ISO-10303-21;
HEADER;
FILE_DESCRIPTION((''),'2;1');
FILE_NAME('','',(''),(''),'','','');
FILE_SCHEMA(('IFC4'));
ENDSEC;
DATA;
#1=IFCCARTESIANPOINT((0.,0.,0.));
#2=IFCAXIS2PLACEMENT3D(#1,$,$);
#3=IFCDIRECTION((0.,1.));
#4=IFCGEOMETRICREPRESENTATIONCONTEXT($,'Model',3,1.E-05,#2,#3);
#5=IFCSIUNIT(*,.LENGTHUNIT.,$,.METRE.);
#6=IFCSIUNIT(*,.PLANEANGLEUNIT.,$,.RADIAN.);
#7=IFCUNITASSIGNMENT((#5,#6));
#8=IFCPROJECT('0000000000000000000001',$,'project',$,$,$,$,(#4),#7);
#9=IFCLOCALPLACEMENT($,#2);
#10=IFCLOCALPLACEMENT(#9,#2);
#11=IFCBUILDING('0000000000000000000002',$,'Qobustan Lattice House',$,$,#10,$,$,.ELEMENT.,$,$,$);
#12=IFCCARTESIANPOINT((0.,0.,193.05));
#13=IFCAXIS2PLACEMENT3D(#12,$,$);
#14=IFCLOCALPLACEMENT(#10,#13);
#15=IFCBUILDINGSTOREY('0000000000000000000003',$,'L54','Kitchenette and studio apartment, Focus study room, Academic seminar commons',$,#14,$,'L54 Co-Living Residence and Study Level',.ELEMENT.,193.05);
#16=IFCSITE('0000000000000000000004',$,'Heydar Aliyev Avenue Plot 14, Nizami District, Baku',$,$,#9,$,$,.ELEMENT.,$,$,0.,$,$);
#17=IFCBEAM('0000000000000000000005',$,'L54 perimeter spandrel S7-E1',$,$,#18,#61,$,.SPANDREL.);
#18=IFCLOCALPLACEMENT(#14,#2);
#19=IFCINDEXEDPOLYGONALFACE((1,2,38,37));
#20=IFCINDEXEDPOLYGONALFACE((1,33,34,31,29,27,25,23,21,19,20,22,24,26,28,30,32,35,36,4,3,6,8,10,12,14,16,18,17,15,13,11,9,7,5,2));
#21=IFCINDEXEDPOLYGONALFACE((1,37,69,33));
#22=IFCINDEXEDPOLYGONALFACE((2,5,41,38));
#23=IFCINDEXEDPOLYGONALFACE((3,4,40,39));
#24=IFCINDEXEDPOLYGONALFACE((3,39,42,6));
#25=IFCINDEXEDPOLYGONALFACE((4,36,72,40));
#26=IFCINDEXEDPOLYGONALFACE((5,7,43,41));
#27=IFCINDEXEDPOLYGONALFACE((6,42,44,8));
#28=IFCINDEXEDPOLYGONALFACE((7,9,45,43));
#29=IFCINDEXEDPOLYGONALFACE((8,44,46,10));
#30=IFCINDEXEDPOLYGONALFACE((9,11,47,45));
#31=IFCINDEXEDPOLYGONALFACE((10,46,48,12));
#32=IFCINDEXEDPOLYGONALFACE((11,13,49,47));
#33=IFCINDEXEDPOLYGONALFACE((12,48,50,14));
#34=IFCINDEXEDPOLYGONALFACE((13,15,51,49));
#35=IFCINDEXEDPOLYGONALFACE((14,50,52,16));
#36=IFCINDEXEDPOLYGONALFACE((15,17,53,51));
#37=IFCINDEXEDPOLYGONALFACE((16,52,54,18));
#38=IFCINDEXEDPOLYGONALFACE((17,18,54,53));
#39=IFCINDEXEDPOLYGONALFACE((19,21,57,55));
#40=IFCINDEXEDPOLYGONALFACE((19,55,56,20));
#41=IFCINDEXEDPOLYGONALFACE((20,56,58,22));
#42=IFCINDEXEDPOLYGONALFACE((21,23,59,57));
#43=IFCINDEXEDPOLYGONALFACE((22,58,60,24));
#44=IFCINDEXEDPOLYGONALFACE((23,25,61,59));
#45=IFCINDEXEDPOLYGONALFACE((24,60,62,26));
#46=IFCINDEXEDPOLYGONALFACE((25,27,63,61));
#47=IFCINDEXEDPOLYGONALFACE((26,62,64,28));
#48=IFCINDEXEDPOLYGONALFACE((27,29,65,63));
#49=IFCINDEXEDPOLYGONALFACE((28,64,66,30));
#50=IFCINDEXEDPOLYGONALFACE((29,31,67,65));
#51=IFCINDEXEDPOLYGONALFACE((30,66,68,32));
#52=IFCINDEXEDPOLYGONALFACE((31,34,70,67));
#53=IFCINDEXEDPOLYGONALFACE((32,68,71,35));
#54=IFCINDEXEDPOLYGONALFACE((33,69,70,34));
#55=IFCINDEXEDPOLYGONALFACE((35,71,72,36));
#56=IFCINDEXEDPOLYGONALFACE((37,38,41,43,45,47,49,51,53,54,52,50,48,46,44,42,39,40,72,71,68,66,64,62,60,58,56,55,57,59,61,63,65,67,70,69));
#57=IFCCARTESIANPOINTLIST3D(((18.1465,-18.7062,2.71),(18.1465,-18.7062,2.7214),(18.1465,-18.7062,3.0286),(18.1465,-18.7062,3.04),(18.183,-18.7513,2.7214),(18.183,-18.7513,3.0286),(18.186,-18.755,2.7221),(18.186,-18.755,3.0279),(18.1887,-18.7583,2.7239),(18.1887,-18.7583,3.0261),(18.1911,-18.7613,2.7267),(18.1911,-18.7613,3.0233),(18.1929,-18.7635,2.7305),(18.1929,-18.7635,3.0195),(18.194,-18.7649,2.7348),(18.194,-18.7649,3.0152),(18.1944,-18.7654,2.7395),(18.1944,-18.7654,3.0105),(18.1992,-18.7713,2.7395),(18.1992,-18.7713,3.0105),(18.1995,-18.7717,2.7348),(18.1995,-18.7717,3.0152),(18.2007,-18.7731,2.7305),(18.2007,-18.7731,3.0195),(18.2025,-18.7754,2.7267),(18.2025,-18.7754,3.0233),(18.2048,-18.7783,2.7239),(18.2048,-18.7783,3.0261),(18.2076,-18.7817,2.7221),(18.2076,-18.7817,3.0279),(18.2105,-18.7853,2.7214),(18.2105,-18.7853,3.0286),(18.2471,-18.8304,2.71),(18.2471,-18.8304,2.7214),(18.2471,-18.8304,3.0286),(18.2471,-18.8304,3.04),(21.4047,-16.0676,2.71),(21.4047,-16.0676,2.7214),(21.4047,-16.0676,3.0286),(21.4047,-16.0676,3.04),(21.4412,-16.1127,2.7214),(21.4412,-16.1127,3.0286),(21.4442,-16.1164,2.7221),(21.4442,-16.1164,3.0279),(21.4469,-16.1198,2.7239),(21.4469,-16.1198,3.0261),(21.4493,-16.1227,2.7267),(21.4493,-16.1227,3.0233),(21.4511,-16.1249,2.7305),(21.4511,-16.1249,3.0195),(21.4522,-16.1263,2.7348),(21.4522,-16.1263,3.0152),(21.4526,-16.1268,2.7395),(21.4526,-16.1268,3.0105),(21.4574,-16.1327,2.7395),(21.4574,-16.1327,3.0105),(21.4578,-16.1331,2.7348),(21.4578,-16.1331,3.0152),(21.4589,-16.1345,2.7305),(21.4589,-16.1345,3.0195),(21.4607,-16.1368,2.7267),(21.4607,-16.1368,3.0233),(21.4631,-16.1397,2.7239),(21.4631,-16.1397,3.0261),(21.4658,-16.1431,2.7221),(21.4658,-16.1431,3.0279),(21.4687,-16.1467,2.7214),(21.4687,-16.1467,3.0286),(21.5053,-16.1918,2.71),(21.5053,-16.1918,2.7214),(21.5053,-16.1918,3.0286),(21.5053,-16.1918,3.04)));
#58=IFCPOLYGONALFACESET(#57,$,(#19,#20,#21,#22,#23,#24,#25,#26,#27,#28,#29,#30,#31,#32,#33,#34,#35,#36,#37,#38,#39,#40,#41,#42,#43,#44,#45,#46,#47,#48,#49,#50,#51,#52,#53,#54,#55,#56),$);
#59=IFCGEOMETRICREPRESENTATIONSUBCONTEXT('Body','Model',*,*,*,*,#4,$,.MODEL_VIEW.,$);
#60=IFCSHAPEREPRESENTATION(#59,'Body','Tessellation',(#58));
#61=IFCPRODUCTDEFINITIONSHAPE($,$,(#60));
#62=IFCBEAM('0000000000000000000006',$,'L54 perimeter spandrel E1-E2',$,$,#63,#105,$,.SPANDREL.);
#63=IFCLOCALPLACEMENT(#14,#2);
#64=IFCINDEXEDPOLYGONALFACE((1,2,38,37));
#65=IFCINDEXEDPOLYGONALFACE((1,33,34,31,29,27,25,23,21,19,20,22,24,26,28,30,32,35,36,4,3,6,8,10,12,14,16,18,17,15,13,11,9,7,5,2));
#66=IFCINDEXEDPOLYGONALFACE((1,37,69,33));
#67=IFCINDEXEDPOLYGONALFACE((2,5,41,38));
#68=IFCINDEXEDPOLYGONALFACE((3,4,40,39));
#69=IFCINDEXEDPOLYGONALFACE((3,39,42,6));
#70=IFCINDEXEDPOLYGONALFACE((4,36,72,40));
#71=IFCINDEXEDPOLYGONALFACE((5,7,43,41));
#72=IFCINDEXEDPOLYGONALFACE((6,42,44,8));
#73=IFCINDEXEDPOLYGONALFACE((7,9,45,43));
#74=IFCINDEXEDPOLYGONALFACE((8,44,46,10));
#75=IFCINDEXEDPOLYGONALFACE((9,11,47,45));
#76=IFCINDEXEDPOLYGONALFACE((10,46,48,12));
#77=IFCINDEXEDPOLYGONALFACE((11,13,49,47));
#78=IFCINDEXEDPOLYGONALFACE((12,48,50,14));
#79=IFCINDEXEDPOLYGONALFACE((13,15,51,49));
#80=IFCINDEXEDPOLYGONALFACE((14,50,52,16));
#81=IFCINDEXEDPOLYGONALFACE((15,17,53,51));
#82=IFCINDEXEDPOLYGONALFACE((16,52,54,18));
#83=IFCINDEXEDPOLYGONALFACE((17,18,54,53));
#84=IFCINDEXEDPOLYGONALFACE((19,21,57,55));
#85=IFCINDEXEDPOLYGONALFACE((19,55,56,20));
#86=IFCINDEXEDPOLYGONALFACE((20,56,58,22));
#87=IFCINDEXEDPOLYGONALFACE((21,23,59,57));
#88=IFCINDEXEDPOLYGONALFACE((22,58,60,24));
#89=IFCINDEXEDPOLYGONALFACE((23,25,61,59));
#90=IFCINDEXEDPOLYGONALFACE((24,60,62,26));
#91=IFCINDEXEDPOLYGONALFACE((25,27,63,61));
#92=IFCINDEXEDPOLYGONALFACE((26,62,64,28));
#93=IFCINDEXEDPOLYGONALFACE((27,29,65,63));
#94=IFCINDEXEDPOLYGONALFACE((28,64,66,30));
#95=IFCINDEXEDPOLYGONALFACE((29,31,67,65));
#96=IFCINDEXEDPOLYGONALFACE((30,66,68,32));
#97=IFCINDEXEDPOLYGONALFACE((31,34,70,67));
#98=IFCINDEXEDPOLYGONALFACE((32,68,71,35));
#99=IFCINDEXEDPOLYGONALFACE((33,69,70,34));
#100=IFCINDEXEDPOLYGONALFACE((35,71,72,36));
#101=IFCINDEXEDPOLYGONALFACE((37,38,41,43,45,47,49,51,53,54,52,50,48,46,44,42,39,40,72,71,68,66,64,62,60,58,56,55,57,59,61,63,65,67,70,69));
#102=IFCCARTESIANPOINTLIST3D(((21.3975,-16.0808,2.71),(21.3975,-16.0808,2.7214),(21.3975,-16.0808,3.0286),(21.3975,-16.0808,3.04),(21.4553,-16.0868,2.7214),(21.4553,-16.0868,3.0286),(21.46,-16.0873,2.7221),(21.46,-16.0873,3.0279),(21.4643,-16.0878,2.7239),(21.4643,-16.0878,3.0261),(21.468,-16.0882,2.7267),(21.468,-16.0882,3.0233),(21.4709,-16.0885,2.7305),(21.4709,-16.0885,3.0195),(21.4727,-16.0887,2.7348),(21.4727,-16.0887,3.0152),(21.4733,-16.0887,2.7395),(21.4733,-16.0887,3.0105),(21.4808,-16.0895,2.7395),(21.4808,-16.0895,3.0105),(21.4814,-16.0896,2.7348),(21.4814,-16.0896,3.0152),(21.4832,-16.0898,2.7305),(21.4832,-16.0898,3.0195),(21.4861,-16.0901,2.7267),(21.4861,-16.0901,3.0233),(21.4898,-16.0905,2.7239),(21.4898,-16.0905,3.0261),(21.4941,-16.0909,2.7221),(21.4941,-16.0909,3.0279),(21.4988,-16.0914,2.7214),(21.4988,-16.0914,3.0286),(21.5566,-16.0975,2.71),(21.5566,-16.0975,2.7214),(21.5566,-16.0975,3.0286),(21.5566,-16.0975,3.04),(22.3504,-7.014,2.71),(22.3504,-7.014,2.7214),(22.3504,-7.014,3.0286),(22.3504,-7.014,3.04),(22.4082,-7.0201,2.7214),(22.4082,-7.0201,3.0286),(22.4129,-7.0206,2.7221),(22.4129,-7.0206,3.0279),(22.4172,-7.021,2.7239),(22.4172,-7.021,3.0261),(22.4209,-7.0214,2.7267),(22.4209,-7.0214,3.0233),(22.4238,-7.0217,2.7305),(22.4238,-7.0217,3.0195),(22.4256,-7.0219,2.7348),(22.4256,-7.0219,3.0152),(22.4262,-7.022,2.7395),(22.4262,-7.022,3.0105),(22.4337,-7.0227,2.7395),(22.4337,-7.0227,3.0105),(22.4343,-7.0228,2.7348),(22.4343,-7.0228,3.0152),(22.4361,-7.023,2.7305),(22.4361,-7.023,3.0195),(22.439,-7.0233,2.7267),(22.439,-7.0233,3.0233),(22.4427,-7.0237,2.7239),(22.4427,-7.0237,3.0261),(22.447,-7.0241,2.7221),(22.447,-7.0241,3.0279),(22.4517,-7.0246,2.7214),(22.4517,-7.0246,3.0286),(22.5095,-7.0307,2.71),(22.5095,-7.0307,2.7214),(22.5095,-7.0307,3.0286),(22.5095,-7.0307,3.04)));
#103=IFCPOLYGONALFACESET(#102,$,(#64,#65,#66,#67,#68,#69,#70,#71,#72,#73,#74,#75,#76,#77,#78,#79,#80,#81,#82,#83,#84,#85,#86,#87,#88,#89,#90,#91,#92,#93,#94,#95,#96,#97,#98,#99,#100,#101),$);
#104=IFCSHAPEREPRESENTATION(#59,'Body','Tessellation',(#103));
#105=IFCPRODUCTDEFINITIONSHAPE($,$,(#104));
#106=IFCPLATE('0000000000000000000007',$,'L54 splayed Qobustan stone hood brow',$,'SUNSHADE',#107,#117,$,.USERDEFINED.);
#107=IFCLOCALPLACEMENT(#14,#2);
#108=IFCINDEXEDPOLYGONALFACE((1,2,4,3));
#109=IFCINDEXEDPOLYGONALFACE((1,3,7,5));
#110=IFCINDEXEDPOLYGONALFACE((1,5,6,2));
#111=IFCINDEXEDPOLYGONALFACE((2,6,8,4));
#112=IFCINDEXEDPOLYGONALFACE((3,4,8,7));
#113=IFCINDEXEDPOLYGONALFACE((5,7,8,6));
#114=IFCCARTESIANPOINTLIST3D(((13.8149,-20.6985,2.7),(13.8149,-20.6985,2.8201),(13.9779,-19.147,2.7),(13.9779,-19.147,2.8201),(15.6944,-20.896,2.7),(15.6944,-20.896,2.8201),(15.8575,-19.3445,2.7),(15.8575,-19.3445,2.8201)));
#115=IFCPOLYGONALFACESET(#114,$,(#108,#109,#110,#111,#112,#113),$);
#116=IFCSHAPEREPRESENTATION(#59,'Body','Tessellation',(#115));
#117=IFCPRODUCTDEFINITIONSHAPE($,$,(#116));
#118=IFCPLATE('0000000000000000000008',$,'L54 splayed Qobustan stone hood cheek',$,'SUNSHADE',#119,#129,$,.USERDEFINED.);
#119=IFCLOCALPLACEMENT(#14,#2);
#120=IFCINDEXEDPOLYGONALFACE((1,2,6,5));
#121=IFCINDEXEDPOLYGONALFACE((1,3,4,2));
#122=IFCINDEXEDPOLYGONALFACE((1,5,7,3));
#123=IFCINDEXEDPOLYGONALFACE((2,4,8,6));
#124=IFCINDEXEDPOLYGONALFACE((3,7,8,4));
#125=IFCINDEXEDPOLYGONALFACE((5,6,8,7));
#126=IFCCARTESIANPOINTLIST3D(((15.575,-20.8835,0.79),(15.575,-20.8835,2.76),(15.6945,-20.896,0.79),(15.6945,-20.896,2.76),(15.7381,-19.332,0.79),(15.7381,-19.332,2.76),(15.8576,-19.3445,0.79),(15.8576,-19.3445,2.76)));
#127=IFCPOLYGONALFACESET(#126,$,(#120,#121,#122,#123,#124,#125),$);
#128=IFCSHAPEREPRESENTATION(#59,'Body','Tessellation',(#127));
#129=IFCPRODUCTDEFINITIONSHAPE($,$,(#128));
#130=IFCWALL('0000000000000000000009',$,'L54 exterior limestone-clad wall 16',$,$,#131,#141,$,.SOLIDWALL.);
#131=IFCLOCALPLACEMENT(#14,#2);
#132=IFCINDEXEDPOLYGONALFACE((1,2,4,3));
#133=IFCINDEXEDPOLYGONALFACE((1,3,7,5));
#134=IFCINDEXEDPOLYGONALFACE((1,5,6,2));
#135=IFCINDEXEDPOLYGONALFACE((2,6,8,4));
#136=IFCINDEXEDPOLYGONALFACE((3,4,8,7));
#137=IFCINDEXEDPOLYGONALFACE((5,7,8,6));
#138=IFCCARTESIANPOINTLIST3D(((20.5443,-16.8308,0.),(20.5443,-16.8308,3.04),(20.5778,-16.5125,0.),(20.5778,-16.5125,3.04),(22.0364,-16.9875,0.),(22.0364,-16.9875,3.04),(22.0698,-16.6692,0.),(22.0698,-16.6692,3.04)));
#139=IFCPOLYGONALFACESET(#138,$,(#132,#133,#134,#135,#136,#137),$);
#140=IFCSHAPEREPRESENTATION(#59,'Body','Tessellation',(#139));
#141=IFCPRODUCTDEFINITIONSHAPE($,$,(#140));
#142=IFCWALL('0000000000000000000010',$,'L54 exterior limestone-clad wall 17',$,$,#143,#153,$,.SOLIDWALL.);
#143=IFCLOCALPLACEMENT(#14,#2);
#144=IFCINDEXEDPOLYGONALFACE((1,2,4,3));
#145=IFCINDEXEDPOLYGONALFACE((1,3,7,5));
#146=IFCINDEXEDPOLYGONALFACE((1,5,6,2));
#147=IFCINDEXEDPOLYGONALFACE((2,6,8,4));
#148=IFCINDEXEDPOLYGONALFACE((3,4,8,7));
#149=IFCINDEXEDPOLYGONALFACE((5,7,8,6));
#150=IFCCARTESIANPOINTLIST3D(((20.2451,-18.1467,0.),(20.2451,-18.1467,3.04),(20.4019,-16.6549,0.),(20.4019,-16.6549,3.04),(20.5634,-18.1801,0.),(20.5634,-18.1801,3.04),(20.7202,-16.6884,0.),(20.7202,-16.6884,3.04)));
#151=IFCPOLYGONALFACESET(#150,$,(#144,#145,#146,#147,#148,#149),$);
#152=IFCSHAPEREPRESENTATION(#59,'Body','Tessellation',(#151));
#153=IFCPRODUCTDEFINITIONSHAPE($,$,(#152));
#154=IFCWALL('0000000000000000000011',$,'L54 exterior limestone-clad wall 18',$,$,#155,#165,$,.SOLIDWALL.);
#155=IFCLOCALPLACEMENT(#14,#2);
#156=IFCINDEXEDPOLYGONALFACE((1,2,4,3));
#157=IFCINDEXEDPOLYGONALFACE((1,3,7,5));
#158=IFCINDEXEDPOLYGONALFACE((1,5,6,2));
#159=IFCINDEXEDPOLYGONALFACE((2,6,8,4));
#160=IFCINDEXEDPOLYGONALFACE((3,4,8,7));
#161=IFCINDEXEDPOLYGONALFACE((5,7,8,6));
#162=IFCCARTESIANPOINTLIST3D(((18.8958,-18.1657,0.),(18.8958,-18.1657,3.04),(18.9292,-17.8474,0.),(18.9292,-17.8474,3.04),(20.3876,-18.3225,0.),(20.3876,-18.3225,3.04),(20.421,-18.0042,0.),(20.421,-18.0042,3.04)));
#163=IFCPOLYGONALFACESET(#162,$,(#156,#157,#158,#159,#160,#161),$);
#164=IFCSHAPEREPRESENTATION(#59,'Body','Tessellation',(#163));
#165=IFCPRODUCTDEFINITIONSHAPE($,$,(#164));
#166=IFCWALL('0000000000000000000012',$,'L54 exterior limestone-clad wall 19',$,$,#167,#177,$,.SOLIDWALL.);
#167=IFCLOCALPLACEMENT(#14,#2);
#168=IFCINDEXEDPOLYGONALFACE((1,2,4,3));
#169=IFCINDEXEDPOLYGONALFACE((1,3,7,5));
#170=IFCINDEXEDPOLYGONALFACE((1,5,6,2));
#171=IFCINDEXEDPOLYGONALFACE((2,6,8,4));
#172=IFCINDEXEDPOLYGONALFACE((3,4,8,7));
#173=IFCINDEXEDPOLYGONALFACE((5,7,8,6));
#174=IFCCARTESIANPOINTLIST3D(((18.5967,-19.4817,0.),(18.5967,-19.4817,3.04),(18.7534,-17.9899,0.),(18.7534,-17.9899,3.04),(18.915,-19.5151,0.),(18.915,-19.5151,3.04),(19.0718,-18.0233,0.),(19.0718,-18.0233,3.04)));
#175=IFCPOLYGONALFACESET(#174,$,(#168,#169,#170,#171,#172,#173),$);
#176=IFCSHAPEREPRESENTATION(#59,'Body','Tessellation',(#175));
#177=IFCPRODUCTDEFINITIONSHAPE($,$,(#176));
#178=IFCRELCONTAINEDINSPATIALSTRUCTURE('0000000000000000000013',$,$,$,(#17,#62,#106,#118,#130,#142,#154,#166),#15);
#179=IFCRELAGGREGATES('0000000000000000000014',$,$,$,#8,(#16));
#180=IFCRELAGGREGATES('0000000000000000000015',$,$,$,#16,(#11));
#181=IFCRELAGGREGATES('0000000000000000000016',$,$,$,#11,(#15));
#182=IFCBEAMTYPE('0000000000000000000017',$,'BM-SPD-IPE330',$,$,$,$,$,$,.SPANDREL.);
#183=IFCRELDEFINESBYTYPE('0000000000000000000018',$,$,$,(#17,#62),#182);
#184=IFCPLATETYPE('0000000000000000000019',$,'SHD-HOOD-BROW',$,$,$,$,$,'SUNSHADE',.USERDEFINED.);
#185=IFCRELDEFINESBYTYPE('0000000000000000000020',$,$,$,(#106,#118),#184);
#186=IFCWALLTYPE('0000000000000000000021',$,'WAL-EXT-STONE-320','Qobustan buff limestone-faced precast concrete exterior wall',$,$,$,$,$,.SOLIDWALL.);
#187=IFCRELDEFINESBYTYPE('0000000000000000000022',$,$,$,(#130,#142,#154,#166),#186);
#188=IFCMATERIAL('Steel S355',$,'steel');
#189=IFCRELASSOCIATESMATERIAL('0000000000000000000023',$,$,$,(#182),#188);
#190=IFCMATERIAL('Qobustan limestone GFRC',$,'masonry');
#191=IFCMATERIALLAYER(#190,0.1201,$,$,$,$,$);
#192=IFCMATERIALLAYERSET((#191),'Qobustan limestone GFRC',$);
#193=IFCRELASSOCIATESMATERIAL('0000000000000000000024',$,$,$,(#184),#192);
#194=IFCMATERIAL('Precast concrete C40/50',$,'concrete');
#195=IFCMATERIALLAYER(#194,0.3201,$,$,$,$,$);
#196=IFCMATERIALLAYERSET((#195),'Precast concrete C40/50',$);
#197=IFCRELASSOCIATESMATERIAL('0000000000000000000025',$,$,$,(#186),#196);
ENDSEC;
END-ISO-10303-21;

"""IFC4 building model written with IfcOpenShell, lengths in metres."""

from ifc_helpers import new_model, si_unit, direction, frame, frame_2d, origin, origin_2d, place, context, subcontext, project, spatial, rectangle, i_section, extrude, material, layer, layer_set, material_profile, profile_set, type_object, element, save


model = new_model("IFC4")

# Units and contexts
model_context = context("Model", 3, precision=1e-05, world=origin(), true_north=direction((0.0, 1.0)))
body_context = subcontext(model_context, "Body", "Model", "MODEL_VIEW")
ifc_project = project(units=[si_unit("LENGTHUNIT", "METRE"), si_unit("PLANEANGLEUNIT", "RADIAN")], contexts=[model_context])

# Site, building, storey
site_placement = place(None, origin())
site = spatial("IfcSite", under=ifc_project, at=site_placement, Name="Heydar Aliyev Avenue Plot 14, Nizami District, Baku", CompositionType="ELEMENT", RefElevation=0.0)
building_placement = place(site_placement, origin())
building = spatial("IfcBuilding", under=site, at=building_placement, Name="Qobustan Lattice House", CompositionType="ELEMENT")
storey_placement = place(building_placement, frame((0.0, 0.0, 193.05)))
storey = spatial("IfcBuildingStorey", under=building, at=storey_placement, Name="L54", Description="Kitchenette and studio apartment, Focus study room, Academic seminar commons", LongName="L54 Co-Living Residence and Study Level", CompositionType="ELEMENT", Elevation=193.05)

# Beams
ifc_material_1 = material(Name="Steel S355", Category="steel")
ifc_material_profile_1 = material_profile(ifc_material_1, i_section(OverallWidth=0.1599, OverallDepth=0.3301, WebThickness=0.0076, FlangeThickness=0.0115, FilletRadius=0.0181, at=origin_2d()), Name="IPE330")
ifc_profile_set_1 = profile_set([ifc_material_profile_1], Name="Steel S355")
beam_type_1 = type_object("IfcBeamType", Name="BM-SPD-IPE330", PredefinedType="SPANDREL", material=ifc_profile_set_1)
beam_1_placement = place(storey_placement, frame((18.1968, -18.7683, 2.875), z_axis=(0.777128, 0.629342, 0.0), x_axis=(-0.629342, 0.777128, 0.0)))
element("IfcBeam", 1, at=beam_1_placement, inside=storey, type_object=beam_type_1, Name="L54 perimeter spandrel S7-E1", PredefinedType="SPANDREL", context=body_context, shape_type="SweptSolid", body=[
    extrude(i_section(OverallWidth=0.1599, OverallDepth=0.3301, WebThickness=0.0076, FlangeThickness=0.0115, FilletRadius=0.0181, at=origin_2d()), origin(), (0.0, 0.0, 1.0), 4.1926),
])
beam_2_placement = place(storey_placement, frame((21.4771, -16.0891, 2.875), z_axis=(0.104522, 0.994523, 0.0), x_axis=(-0.994523, 0.104522, 0.0)))
element("IfcBeam", 2, at=beam_2_placement, inside=storey, type_object=beam_type_1, Name="L54 perimeter spandrel E1-E2", PredefinedType="SPANDREL", context=body_context, shape_type="SweptSolid", body=[
    extrude(i_section(OverallWidth=0.1599, OverallDepth=0.3301, WebThickness=0.0076, FlangeThickness=0.0115, FilletRadius=0.0181, at=origin_2d()), origin(), (0.0, 0.0, 1.0), 9.1167),
])

# Plates
ifc_material_2 = material(Name="Qobustan limestone GFRC", Category="masonry")
ifc_layer_1 = layer(ifc_material_2, 0.1201)
ifc_layer_set_1 = layer_set([ifc_layer_1], Name="Qobustan limestone GFRC")
plate_type = type_object("IfcPlateType", Name="SHD-HOOD-BROW", ElementType="SUNSHADE", PredefinedType="USERDEFINED", material=ifc_layer_set_1)
plate_1_placement = place(storey_placement, frame((14.8362, -20.0215, 2.7), z_axis=(0.0, 0.0, 1.0), x_axis=(-0.994522, 0.104528, 0.0)))
element("IfcPlate", 3, at=plate_1_placement, inside=storey, type_object=plate_type, Name="L54 splayed Qobustan stone hood brow", ObjectType="SUNSHADE", PredefinedType="USERDEFINED", context=body_context, shape_type="SweptSolid", body=[
    extrude(rectangle(XDim=1.8899, YDim=1.5601, at=origin_2d()), origin(), (0.0, 0.0, 1.0), 0.1201),
])
plate_2_placement = place(storey_placement, frame((15.7163, -20.114, 0.79), z_axis=(0.0, 0.0, 1.0), x_axis=(-0.994522, 0.104528, 0.0)))
element("IfcPlate", 4, at=plate_2_placement, inside=storey, type_object=plate_type, Name="L54 splayed Qobustan stone hood cheek", ObjectType="SUNSHADE", PredefinedType="USERDEFINED", context=body_context, shape_type="SweptSolid", body=[
    extrude(rectangle(XDim=0.1201, YDim=1.5601, at=origin_2d()), origin(), (0.0, 0.0, 1.0), 1.97),
])

# Walls
ifc_material_3 = material(Name="Precast concrete C40/50", Category="concrete")
ifc_layer_2 = layer(ifc_material_3, 0.3201)
ifc_layer_set_2 = layer_set([ifc_layer_2], Name="Precast concrete C40/50")
wall_type_1 = type_object("IfcWallType", Name="WAL-EXT-STONE-320", Description="Qobustan buff limestone-faced precast concrete exterior wall", PredefinedType="SOLIDWALL", material=ifc_layer_set_2)
wall_1_placement = place(storey_placement, frame((22.053, -16.8284, 0.0), z_axis=(0.0, 0.0, 1.0), x_axis=(-0.994527, 0.104481, 0.0)))
element("IfcWall", 5, at=wall_1_placement, inside=storey, type_object=wall_type_1, Name="L54 exterior limestone-clad wall 16", PredefinedType="SOLIDWALL", context=body_context, shape_type="SweptSolid", body=[
    extrude(rectangle(XDim=1.5002, YDim=0.3201, at=frame_2d((0.75, 0.0))), origin(), (0.0, 0.0, 1.0), 3.04),
])
for number, where, z_axis, x_axis, name in (
    (6, (20.561, -16.6716, 0.0), (0.0, 0.0, 1.0), (-0.104498, -0.994525, 0.0), "L54 exterior limestone-clad wall 17"),
    (7, (20.4043, -18.1633, 0.0), (0.0, 0.0, 1.0), (-0.994525, 0.104498, 0.0), "L54 exterior limestone-clad wall 18"),
    (8, (18.9126, -18.0066, 0.0), (0.0, 0.0, 1.0), (-0.104498, -0.994525, 0.0), "L54 exterior limestone-clad wall 19"),
):
    element("IfcWall", number, at=place(storey_placement, frame(where, z_axis=z_axis, x_axis=x_axis)), inside=storey, type_object=wall_type_1, Name=name, PredefinedType="SOLIDWALL", context=body_context, shape_type="SweptSolid", body=[
        extrude(rectangle(XDim=1.5, YDim=0.3201, at=frame_2d((0.75, 0.0))), origin(), (0.0, 0.0, 1.0), 3.04),
    ])

save(model, "model.ifc")
